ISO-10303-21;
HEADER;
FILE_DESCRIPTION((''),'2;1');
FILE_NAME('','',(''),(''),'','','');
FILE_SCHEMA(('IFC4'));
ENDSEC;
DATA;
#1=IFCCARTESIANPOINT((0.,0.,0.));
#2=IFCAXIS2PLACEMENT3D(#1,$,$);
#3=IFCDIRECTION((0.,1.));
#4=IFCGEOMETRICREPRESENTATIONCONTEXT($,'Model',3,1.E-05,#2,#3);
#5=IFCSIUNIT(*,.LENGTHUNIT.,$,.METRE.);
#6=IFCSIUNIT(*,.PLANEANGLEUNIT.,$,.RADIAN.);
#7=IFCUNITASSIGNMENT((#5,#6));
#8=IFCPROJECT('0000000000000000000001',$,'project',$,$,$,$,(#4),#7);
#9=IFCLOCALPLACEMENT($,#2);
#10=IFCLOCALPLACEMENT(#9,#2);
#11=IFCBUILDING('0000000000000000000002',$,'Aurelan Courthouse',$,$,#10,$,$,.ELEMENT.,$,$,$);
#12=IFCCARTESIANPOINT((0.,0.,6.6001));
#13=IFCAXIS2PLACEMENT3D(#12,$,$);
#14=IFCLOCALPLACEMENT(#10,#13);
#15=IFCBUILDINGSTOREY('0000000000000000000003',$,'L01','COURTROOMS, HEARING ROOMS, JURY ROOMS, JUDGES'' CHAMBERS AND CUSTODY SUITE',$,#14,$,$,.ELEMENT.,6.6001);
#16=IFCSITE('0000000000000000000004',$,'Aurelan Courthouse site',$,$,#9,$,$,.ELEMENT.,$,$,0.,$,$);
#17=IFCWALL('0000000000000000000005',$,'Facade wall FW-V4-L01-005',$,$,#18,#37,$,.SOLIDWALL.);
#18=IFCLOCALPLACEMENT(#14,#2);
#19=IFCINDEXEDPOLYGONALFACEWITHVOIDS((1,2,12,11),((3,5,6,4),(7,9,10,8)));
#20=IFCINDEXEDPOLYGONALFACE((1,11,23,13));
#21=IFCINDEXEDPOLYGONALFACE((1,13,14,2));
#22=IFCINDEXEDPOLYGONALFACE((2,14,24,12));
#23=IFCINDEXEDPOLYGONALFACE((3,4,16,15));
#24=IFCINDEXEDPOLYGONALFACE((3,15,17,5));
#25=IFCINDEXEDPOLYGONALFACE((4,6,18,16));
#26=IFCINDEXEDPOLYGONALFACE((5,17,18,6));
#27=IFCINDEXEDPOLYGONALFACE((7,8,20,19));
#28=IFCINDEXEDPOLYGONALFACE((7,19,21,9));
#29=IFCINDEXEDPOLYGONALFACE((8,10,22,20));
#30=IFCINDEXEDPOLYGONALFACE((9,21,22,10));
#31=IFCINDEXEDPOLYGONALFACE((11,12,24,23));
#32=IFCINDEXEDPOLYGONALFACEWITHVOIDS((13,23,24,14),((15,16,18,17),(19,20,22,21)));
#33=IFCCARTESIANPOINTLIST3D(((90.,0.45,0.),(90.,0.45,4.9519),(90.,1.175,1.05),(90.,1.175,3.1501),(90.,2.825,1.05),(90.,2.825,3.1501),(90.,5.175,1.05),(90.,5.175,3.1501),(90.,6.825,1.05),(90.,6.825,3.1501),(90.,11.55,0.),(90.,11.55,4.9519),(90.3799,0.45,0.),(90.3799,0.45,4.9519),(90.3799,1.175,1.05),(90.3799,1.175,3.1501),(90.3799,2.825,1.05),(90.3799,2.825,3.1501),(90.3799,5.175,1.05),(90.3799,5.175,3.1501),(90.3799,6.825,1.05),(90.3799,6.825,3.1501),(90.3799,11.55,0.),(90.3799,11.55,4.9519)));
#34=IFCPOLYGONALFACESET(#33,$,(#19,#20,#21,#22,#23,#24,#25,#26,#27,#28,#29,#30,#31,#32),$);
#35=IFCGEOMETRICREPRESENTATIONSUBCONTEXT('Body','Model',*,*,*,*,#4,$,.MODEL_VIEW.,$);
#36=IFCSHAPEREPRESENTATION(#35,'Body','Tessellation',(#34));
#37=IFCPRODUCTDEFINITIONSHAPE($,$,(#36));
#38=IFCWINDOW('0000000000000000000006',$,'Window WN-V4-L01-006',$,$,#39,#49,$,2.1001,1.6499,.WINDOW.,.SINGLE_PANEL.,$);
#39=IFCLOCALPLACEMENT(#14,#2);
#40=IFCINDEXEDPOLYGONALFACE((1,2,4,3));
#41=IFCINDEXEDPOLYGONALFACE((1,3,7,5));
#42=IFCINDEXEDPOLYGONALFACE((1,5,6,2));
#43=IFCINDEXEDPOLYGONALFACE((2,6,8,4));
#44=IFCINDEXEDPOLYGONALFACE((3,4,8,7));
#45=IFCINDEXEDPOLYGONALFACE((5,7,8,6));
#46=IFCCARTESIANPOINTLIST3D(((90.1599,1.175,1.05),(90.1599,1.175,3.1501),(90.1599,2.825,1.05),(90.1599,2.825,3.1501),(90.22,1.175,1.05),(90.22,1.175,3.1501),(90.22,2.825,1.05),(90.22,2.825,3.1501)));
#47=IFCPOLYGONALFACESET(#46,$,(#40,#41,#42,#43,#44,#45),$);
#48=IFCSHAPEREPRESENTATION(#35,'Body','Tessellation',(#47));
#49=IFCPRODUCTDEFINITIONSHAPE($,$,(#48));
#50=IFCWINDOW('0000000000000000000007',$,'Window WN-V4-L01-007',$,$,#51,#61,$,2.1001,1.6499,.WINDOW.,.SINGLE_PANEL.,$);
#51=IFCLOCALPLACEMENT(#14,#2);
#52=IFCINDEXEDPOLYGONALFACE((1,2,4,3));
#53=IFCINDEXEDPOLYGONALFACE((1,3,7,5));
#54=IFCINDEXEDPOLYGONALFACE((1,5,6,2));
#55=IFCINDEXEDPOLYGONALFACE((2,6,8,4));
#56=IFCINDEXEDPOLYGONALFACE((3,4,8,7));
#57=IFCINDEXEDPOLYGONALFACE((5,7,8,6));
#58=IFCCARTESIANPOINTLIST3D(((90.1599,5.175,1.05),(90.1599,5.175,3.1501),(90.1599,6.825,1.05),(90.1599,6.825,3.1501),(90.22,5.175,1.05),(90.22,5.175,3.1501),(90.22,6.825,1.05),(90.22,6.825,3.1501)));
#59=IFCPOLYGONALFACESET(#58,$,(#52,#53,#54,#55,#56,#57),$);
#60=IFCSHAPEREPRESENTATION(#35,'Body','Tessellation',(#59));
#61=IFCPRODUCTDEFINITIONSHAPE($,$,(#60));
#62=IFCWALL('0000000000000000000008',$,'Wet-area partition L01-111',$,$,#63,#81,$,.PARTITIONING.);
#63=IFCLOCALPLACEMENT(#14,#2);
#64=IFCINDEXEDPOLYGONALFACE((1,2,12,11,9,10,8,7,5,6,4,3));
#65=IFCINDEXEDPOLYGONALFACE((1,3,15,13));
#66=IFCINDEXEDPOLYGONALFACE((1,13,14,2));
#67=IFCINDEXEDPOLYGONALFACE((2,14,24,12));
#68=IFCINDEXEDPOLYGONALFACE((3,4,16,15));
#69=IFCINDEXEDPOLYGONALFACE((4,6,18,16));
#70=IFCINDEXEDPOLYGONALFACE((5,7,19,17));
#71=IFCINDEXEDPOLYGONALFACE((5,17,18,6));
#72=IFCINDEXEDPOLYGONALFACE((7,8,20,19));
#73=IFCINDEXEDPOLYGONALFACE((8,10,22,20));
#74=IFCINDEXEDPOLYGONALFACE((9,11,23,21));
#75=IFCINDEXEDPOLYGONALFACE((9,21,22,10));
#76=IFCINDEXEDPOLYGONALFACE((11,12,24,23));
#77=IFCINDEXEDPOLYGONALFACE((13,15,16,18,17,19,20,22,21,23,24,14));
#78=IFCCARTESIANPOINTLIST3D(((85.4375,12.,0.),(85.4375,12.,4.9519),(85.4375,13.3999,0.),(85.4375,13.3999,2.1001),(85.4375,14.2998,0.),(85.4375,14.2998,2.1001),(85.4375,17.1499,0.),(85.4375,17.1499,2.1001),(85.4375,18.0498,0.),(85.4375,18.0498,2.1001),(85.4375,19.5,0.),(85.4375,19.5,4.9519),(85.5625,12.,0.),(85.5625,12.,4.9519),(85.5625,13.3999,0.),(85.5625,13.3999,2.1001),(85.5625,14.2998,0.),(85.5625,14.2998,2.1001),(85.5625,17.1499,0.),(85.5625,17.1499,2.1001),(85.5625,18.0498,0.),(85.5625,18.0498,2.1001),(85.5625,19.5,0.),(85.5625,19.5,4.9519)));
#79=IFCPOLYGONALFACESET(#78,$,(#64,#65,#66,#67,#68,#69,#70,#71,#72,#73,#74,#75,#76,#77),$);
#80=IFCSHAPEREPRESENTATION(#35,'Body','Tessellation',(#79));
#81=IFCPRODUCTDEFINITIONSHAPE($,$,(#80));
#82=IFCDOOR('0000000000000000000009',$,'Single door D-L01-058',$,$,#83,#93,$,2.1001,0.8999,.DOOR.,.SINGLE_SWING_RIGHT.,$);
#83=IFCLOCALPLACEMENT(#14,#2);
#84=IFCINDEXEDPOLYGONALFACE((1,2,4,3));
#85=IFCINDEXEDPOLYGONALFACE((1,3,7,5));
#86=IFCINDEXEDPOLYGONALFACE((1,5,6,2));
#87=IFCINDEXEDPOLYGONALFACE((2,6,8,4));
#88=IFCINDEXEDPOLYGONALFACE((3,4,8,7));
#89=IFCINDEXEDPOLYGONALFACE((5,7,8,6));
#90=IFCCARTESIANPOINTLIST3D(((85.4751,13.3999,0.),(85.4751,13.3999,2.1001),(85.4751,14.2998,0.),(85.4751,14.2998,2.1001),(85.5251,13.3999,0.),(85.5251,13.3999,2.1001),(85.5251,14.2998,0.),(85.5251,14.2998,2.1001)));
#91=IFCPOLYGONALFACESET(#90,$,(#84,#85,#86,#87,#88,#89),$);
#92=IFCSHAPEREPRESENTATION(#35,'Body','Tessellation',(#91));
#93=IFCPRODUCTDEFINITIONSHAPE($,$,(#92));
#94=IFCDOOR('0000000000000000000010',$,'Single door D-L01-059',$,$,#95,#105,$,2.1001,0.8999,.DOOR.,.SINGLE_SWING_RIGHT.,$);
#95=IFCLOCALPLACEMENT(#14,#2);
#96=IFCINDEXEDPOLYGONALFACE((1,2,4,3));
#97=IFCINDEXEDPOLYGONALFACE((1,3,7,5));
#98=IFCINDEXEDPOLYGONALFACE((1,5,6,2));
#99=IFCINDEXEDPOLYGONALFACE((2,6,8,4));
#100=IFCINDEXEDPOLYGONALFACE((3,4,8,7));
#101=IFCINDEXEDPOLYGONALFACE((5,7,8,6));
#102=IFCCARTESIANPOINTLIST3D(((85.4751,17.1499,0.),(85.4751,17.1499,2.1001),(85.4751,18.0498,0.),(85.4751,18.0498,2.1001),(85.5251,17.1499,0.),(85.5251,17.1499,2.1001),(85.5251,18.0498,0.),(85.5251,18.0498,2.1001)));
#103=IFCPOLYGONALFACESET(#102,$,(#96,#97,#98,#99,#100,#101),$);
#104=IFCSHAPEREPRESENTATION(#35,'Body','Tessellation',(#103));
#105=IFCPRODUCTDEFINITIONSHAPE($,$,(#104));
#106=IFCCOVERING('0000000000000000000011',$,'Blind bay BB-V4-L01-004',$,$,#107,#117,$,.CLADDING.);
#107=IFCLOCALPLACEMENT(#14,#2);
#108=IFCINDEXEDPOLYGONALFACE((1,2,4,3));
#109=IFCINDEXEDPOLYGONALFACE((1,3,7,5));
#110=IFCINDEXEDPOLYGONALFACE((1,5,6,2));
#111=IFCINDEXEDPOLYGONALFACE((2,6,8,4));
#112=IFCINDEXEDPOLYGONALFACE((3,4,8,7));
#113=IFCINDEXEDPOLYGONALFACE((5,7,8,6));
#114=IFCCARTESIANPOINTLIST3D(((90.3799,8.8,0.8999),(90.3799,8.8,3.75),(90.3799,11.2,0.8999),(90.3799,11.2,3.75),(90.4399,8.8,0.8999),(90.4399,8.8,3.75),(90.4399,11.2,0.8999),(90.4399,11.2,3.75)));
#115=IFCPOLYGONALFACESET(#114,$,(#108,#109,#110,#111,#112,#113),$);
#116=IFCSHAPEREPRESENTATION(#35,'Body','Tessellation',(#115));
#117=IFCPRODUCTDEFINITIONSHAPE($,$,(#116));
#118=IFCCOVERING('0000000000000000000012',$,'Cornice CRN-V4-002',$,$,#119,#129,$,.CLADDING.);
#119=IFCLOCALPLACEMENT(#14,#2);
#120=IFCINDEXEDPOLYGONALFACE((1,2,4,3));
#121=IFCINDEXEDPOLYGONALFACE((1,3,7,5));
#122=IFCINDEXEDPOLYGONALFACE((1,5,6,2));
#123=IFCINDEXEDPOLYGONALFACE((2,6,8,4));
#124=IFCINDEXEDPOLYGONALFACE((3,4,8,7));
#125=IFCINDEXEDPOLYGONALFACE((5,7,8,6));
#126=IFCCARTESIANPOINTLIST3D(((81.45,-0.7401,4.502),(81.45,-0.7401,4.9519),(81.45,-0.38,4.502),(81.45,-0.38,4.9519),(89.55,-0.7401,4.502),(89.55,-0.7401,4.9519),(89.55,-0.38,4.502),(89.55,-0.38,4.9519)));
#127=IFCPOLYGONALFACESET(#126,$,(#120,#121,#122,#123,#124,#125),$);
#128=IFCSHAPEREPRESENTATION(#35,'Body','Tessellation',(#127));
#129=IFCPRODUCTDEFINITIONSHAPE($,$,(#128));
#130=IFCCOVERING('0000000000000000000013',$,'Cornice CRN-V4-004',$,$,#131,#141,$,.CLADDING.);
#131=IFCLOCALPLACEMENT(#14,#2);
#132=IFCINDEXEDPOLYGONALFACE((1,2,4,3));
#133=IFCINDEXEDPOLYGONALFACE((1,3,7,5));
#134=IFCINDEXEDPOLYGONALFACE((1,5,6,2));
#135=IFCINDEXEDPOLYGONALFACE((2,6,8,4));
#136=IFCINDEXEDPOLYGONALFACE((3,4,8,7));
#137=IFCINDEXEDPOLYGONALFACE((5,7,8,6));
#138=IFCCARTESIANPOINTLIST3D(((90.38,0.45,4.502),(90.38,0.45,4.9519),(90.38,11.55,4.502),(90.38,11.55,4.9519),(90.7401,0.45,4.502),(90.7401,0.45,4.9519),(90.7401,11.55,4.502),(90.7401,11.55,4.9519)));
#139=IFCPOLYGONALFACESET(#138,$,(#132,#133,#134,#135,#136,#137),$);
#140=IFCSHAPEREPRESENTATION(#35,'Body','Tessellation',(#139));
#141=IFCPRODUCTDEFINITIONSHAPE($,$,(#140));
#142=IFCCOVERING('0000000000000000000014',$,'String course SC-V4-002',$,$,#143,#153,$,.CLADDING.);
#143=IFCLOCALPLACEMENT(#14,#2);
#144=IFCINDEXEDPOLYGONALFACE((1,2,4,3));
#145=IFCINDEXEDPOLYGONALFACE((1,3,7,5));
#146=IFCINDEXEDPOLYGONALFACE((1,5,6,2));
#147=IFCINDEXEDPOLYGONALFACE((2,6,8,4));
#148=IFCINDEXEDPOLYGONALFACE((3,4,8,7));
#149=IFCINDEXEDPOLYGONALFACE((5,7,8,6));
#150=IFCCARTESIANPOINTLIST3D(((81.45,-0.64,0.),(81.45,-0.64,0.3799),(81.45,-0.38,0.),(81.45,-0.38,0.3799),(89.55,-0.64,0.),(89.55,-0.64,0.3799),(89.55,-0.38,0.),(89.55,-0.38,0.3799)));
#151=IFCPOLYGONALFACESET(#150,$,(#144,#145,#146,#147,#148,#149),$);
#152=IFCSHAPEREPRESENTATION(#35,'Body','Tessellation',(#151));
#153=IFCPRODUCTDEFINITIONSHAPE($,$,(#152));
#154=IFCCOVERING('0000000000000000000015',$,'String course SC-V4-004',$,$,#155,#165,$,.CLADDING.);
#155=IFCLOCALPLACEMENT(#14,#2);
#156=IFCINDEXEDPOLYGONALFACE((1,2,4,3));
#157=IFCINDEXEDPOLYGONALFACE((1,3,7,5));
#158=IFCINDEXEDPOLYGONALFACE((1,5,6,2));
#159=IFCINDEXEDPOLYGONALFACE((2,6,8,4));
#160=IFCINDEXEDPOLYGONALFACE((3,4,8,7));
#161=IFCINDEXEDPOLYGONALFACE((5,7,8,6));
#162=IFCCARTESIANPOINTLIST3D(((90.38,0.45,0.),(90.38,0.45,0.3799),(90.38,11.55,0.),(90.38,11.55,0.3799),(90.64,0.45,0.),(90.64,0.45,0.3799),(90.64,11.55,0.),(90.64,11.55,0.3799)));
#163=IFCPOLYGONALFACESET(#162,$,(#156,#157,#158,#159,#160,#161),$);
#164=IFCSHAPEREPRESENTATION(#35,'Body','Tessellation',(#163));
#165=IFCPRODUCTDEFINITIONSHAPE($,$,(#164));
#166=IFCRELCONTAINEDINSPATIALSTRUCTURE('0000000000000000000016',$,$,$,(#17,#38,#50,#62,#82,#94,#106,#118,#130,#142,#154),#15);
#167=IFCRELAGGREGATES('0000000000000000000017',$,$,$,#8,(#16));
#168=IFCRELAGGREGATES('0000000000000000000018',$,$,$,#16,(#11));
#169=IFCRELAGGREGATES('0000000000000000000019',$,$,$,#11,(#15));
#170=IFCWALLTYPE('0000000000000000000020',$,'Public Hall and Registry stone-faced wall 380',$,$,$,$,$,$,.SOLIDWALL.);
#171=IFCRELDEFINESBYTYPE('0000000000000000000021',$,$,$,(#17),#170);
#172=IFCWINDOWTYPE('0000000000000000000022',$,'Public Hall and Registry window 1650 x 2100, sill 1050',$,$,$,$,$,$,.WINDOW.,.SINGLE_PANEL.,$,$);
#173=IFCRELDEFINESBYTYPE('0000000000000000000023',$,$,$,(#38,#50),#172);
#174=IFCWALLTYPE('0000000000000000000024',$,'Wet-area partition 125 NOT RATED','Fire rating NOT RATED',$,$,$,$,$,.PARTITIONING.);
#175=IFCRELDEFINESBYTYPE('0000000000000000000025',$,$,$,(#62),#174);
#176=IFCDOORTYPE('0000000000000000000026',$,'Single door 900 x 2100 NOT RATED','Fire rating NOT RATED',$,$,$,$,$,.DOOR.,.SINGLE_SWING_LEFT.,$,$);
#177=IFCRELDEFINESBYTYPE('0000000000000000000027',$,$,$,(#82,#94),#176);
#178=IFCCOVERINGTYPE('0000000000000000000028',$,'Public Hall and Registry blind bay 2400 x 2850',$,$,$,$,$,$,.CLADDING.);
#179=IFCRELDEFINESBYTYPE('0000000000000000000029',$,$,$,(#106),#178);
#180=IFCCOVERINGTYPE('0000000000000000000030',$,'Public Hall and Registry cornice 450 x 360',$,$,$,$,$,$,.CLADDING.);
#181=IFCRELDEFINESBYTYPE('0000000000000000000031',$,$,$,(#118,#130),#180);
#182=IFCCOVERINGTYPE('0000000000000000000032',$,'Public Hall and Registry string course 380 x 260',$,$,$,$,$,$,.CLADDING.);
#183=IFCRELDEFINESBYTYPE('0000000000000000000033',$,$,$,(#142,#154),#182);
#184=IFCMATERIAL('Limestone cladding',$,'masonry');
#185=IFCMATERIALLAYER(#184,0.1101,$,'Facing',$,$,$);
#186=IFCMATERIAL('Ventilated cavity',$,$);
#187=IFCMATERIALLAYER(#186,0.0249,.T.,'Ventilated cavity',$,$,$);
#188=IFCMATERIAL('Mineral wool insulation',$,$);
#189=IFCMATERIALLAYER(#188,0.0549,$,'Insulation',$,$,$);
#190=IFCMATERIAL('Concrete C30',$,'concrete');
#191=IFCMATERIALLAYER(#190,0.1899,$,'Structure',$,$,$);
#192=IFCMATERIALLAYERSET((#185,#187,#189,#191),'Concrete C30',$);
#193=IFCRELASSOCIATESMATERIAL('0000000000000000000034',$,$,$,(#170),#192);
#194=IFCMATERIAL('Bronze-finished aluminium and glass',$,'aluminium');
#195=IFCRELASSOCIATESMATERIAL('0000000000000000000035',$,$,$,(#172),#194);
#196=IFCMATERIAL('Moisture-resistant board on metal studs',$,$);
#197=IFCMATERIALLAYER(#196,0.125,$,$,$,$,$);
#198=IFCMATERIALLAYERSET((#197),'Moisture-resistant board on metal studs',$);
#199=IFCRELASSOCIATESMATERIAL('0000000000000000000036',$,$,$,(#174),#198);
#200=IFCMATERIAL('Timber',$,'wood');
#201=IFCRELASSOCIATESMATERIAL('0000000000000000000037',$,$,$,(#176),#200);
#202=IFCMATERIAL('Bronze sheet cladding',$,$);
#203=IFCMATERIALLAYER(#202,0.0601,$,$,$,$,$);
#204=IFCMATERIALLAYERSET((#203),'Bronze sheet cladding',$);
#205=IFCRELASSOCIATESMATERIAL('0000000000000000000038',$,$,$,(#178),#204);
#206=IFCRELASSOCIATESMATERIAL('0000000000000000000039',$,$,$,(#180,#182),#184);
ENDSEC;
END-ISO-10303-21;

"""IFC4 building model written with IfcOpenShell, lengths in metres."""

from ifc_helpers import new_model, si_unit, direction, frame, frame_2d, origin, origin_2d, place, context, subcontext, project, spatial, rectangle, extrude, material, layer, layer_set, type_object, element, fill, save


model = new_model("IFC4")

# Units and contexts
model_context = context("Model", 3, precision=1e-05, world=origin(), true_north=direction((0.0, 1.0)))
body_context = subcontext(model_context, "Body", "Model", "MODEL_VIEW")
ifc_project = project(units=[si_unit("LENGTHUNIT", "METRE"), si_unit("PLANEANGLEUNIT", "RADIAN")], contexts=[model_context])

# Site, building, storey
site_placement = place(None, origin())
site = spatial("IfcSite", under=ifc_project, at=site_placement, Name="Aurelan Courthouse site", CompositionType="ELEMENT", RefElevation=0.0)
building_placement = place(site_placement, origin())
building = spatial("IfcBuilding", under=site, at=building_placement, Name="Aurelan Courthouse", CompositionType="ELEMENT")
storey_placement = place(building_placement, frame((0.0, 0.0, 6.6001)))
storey = spatial("IfcBuildingStorey", under=building, at=storey_placement, Name="L01", Description="COURTROOMS, HEARING ROOMS, JURY ROOMS, JUDGES' CHAMBERS AND CUSTODY SUITE", CompositionType="ELEMENT", Elevation=6.6001)

# Wall, openings, windows
ifc_material_1 = material(Name="Limestone cladding", Category="masonry")
ifc_layer_1 = layer(ifc_material_1, 0.1101, Name="Facing")
ifc_material_2 = material(Name="Ventilated cavity")
ifc_layer_2 = layer(ifc_material_2, 0.0249, ventilated=True, Name="Ventilated cavity")
ifc_material_3 = material(Name="Mineral wool insulation")
ifc_layer_3 = layer(ifc_material_3, 0.0549, Name="Insulation")
ifc_material_4 = material(Name="Concrete C30", Category="concrete")
ifc_layer_4 = layer(ifc_material_4, 0.1899, Name="Structure")
ifc_layer_set_1 = layer_set([ifc_layer_1, ifc_layer_2, ifc_layer_3, ifc_layer_4], Name="Concrete C30")
wall_type_1 = type_object("IfcWallType", Name="Public Hall and Registry stone-faced wall 380", PredefinedType="SOLIDWALL", material=ifc_layer_set_1)
wall_1_placement = place(storey_placement, frame((90.1899, 0.45, 0.0), z_axis=(0.0, 0.0, 1.0), x_axis=(0.0, 1.0, 0.0)))
wall_1 = element("IfcWall", 1, at=wall_1_placement, inside=storey, type_object=wall_type_1, Name="Facade wall FW-V4-L01-005", PredefinedType="SOLIDWALL", context=body_context, shape_type="SweptSolid", body=[
    extrude(rectangle(XDim=11.1001, YDim=0.3799, at=frame_2d((5.55, 0.0))), origin(), (0.0, 0.0, 1.0), 4.9519),
])
opening_1_placement = place(wall_1_placement, frame((0.7251, 0.0, 1.05)))
opening_1 = element("IfcOpeningElement", 2, at=opening_1_placement, cuts=wall_1, PredefinedType="OPENING", context=body_context, shape_type="SweptSolid", body=[
    extrude(rectangle(XDim=1.6499, YDim=2.1001, at=frame_2d((0.825, 1.05))), frame((0.0, 0.2, 0.0), z_axis=(0.0, -1.0, 0.0), x_axis=(1.0, 0.0, 0.0)), (0.0, 0.0, 1.0), 0.3999),
])
opening_2_placement = place(wall_1_placement, frame((4.7251, 0.0, 1.05)))
opening_2 = element("IfcOpeningElement", 3, at=opening_2_placement, cuts=wall_1, PredefinedType="OPENING", context=body_context, shape_type="SweptSolid", body=[
    extrude(rectangle(XDim=1.6499, YDim=2.1001, at=frame_2d((0.825, 1.05))), frame((0.0, 0.2, 0.0), z_axis=(0.0, -1.0, 0.0), x_axis=(1.0, 0.0, 0.0)), (0.0, 0.0, 1.0), 0.3999),
])
ifc_material_5 = material(Name="Bronze-finished aluminium and glass", Category="aluminium")
window_type = type_object("IfcWindowType", Name="Public Hall and Registry window 1650 x 2100, sill 1050", PartitioningType="SINGLE_PANEL", PredefinedType="WINDOW", material=ifc_material_5)
window_1_placement = place(opening_1_placement, origin())
window_1 = element("IfcWindow", 4, at=window_1_placement, inside=storey, type_object=window_type, Name="Window WN-V4-L01-006", OverallHeight=2.1001, OverallWidth=1.6499, PartitioningType="SINGLE_PANEL", PredefinedType="WINDOW", context=body_context, shape_type="SweptSolid", body=[
    extrude(rectangle(XDim=1.6499, YDim=2.1001, at=frame_2d((0.825, 1.05))), frame((0.0, 0.03, 0.0), z_axis=(0.0, -1.0, 0.0), x_axis=(1.0, 0.0, 0.0)), (0.0, 0.0, 1.0), 0.0601),
])
fill(opening_1, window_1)
window_2_placement = place(opening_2_placement, origin())
window_2 = element("IfcWindow", 5, at=window_2_placement, inside=storey, type_object=window_type, Name="Window WN-V4-L01-007", OverallHeight=2.1001, OverallWidth=1.6499, PartitioningType="SINGLE_PANEL", PredefinedType="WINDOW", context=body_context, shape_type="SweptSolid", body=[
    extrude(rectangle(XDim=1.6499, YDim=2.1001, at=frame_2d((0.825, 1.05))), frame((0.0, 0.03, 0.0), z_axis=(0.0, -1.0, 0.0), x_axis=(1.0, 0.0, 0.0)), (0.0, 0.0, 1.0), 0.0601),
])
fill(opening_2, window_2)

# Wall, openings, doors
ifc_material_6 = material(Name="Moisture-resistant board on metal studs")
ifc_layer_5 = layer(ifc_material_6, 0.125)
ifc_layer_set_2 = layer_set([ifc_layer_5], Name="Moisture-resistant board on metal studs")
wall_type_2 = type_object("IfcWallType", Name="Wet-area partition 125 NOT RATED", Description="Fire rating NOT RATED", PredefinedType="PARTITIONING", material=ifc_layer_set_2)
wall_2_placement = place(storey_placement, frame((85.5, 12.0, 0.0), z_axis=(0.0, 0.0, 1.0), x_axis=(0.0, 1.0, 0.0)))
wall_2 = element("IfcWall", 6, at=wall_2_placement, inside=storey, type_object=wall_type_2, Name="Wet-area partition L01-111", PredefinedType="PARTITIONING", context=body_context, shape_type="SweptSolid", body=[
    extrude(rectangle(XDim=7.5, YDim=0.125, at=frame_2d((3.75, 0.0))), origin(), (0.0, 0.0, 1.0), 4.9519),
])
opening_3_placement = place(wall_2_placement, frame((1.3999, 0.0, 0.0)))
opening_3 = element("IfcOpeningElement", 7, at=opening_3_placement, cuts=wall_2, PredefinedType="OPENING", context=body_context, shape_type="SweptSolid", body=[
    extrude(rectangle(XDim=0.8999, YDim=2.1001, at=frame_2d((0.45, 1.05))), frame((0.0, 0.0725, 0.0), z_axis=(0.0, -1.0, 0.0), x_axis=(1.0, 0.0, 0.0)), (0.0, 0.0, 1.0), 0.145),
])
opening_4_placement = place(wall_2_placement, frame((5.1499, 0.0, 0.0)))
opening_4 = element("IfcOpeningElement", 8, at=opening_4_placement, cuts=wall_2, PredefinedType="OPENING", context=body_context, shape_type="SweptSolid", body=[
    extrude(rectangle(XDim=0.8999, YDim=2.1001, at=frame_2d((0.45, 1.05))), frame((0.0, 0.0725, 0.0), z_axis=(0.0, -1.0, 0.0), x_axis=(1.0, 0.0, 0.0)), (0.0, 0.0, 1.0), 0.145),
])
ifc_material_7 = material(Name="Timber", Category="wood")
door_type_1 = type_object("IfcDoorType", Name="Single door 900 x 2100 NOT RATED", Description="Fire rating NOT RATED", OperationType="SINGLE_SWING_LEFT", PredefinedType="DOOR", material=ifc_material_7)
door_1_placement = place(opening_3_placement, origin())
door_1 = element("IfcDoor", 9, at=door_1_placement, inside=storey, type_object=door_type_1, Name="Single door D-L01-058", OperationType="SINGLE_SWING_RIGHT", OverallHeight=2.1001, OverallWidth=0.8999, PredefinedType="DOOR", context=body_context, shape_type="SweptSolid", body=[
    extrude(rectangle(XDim=0.8999, YDim=2.1001, at=frame_2d((0.45, 1.05))), frame((0.0, 0.0249, 0.0), z_axis=(0.0, -1.0, 0.0), x_axis=(1.0, 0.0, 0.0)), (0.0, 0.0, 1.0), 0.05),
])
fill(opening_3, door_1)
door_2_placement = place(opening_4_placement, origin())
door_2 = element("IfcDoor", 10, at=door_2_placement, inside=storey, type_object=door_type_1, Name="Single door D-L01-059", OperationType="SINGLE_SWING_RIGHT", OverallHeight=2.1001, OverallWidth=0.8999, PredefinedType="DOOR", context=body_context, shape_type="SweptSolid", body=[
    extrude(rectangle(XDim=0.8999, YDim=2.1001, at=frame_2d((0.45, 1.05))), frame((0.0, 0.0249, 0.0), z_axis=(0.0, -1.0, 0.0), x_axis=(1.0, 0.0, 0.0)), (0.0, 0.0, 1.0), 0.05),
])
fill(opening_4, door_2)

# Coverings
ifc_material_8 = material(Name="Bronze sheet cladding")
ifc_layer_6 = layer(ifc_material_8, 0.0601)
ifc_layer_set_3 = layer_set([ifc_layer_6], Name="Bronze sheet cladding")
covering_type_1 = type_object("IfcCoveringType", Name="Public Hall and Registry blind bay 2400 x 2850", PredefinedType="CLADDING", material=ifc_layer_set_3)
covering_1_placement = place(storey_placement, frame((90.4099, 10.0, 0.8999), z_axis=(0.0, 0.0, 1.0), x_axis=(1.0, 0.0, 0.0)))
element("IfcCovering", 11, at=covering_1_placement, inside=storey, type_object=covering_type_1, Name="Blind bay BB-V4-L01-004", PredefinedType="CLADDING", context=body_context, shape_type="SweptSolid", body=[
    extrude(rectangle(XDim=0.0601, YDim=2.3999, at=origin_2d()), origin(), (0.0, 0.0, 1.0), 2.8501),
])
covering_type_2 = type_object("IfcCoveringType", Name="Public Hall and Registry cornice 450 x 360", PredefinedType="CLADDING", material=ifc_material_1)
covering_2_placement = place(storey_placement, frame((85.5, -0.5601, 4.502), z_axis=(0.0, 0.0, 1.0), x_axis=(1.0, 0.0, 0.0)))
element("IfcCovering", 12, at=covering_2_placement, inside=storey, type_object=covering_type_2, Name="Cornice CRN-V4-002", PredefinedType="CLADDING", context=body_context, shape_type="SweptSolid", body=[
    extrude(rectangle(XDim=8.1001, YDim=0.3601, at=origin_2d()), origin(), (0.0, 0.0, 1.0), 0.45),
])
covering_3_placement = place(storey_placement, frame((90.5601, 6.0, 4.502), z_axis=(0.0, 0.0, 1.0), x_axis=(1.0, 0.0, 0.0)))
element("IfcCovering", 13, at=covering_3_placement, inside=storey, type_object=covering_type_2, Name="Cornice CRN-V4-004", PredefinedType="CLADDING", context=body_context, shape_type="SweptSolid", body=[
    extrude(rectangle(XDim=0.3601, YDim=11.1001, at=origin_2d()), origin(), (0.0, 0.0, 1.0), 0.45),
])
covering_type_3 = type_object("IfcCoveringType", Name="Public Hall and Registry string course 380 x 260", PredefinedType="CLADDING", material=ifc_material_1)
covering_4_placement = place(storey_placement, frame((85.5, -0.51, 0.0), z_axis=(0.0, 0.0, 1.0), x_axis=(1.0, 0.0, 0.0)))
element("IfcCovering", 14, at=covering_4_placement, inside=storey, type_object=covering_type_3, Name="String course SC-V4-002", PredefinedType="CLADDING", context=body_context, shape_type="SweptSolid", body=[
    extrude(rectangle(XDim=8.1001, YDim=0.26, at=origin_2d()), origin(), (0.0, 0.0, 1.0), 0.3799),
])
covering_5_placement = place(storey_placement, frame((90.51, 6.0, 0.0), z_axis=(0.0, 0.0, 1.0), x_axis=(1.0, 0.0, 0.0)))
element("IfcCovering", 15, at=covering_5_placement, inside=storey, type_object=covering_type_3, Name="String course SC-V4-004", PredefinedType="CLADDING", context=body_context, shape_type="SweptSolid", body=[
    extrude(rectangle(XDim=0.26, YDim=11.1001, at=origin_2d()), origin(), (0.0, 0.0, 1.0), 0.3799),
])

save(model, "model.ifc")
